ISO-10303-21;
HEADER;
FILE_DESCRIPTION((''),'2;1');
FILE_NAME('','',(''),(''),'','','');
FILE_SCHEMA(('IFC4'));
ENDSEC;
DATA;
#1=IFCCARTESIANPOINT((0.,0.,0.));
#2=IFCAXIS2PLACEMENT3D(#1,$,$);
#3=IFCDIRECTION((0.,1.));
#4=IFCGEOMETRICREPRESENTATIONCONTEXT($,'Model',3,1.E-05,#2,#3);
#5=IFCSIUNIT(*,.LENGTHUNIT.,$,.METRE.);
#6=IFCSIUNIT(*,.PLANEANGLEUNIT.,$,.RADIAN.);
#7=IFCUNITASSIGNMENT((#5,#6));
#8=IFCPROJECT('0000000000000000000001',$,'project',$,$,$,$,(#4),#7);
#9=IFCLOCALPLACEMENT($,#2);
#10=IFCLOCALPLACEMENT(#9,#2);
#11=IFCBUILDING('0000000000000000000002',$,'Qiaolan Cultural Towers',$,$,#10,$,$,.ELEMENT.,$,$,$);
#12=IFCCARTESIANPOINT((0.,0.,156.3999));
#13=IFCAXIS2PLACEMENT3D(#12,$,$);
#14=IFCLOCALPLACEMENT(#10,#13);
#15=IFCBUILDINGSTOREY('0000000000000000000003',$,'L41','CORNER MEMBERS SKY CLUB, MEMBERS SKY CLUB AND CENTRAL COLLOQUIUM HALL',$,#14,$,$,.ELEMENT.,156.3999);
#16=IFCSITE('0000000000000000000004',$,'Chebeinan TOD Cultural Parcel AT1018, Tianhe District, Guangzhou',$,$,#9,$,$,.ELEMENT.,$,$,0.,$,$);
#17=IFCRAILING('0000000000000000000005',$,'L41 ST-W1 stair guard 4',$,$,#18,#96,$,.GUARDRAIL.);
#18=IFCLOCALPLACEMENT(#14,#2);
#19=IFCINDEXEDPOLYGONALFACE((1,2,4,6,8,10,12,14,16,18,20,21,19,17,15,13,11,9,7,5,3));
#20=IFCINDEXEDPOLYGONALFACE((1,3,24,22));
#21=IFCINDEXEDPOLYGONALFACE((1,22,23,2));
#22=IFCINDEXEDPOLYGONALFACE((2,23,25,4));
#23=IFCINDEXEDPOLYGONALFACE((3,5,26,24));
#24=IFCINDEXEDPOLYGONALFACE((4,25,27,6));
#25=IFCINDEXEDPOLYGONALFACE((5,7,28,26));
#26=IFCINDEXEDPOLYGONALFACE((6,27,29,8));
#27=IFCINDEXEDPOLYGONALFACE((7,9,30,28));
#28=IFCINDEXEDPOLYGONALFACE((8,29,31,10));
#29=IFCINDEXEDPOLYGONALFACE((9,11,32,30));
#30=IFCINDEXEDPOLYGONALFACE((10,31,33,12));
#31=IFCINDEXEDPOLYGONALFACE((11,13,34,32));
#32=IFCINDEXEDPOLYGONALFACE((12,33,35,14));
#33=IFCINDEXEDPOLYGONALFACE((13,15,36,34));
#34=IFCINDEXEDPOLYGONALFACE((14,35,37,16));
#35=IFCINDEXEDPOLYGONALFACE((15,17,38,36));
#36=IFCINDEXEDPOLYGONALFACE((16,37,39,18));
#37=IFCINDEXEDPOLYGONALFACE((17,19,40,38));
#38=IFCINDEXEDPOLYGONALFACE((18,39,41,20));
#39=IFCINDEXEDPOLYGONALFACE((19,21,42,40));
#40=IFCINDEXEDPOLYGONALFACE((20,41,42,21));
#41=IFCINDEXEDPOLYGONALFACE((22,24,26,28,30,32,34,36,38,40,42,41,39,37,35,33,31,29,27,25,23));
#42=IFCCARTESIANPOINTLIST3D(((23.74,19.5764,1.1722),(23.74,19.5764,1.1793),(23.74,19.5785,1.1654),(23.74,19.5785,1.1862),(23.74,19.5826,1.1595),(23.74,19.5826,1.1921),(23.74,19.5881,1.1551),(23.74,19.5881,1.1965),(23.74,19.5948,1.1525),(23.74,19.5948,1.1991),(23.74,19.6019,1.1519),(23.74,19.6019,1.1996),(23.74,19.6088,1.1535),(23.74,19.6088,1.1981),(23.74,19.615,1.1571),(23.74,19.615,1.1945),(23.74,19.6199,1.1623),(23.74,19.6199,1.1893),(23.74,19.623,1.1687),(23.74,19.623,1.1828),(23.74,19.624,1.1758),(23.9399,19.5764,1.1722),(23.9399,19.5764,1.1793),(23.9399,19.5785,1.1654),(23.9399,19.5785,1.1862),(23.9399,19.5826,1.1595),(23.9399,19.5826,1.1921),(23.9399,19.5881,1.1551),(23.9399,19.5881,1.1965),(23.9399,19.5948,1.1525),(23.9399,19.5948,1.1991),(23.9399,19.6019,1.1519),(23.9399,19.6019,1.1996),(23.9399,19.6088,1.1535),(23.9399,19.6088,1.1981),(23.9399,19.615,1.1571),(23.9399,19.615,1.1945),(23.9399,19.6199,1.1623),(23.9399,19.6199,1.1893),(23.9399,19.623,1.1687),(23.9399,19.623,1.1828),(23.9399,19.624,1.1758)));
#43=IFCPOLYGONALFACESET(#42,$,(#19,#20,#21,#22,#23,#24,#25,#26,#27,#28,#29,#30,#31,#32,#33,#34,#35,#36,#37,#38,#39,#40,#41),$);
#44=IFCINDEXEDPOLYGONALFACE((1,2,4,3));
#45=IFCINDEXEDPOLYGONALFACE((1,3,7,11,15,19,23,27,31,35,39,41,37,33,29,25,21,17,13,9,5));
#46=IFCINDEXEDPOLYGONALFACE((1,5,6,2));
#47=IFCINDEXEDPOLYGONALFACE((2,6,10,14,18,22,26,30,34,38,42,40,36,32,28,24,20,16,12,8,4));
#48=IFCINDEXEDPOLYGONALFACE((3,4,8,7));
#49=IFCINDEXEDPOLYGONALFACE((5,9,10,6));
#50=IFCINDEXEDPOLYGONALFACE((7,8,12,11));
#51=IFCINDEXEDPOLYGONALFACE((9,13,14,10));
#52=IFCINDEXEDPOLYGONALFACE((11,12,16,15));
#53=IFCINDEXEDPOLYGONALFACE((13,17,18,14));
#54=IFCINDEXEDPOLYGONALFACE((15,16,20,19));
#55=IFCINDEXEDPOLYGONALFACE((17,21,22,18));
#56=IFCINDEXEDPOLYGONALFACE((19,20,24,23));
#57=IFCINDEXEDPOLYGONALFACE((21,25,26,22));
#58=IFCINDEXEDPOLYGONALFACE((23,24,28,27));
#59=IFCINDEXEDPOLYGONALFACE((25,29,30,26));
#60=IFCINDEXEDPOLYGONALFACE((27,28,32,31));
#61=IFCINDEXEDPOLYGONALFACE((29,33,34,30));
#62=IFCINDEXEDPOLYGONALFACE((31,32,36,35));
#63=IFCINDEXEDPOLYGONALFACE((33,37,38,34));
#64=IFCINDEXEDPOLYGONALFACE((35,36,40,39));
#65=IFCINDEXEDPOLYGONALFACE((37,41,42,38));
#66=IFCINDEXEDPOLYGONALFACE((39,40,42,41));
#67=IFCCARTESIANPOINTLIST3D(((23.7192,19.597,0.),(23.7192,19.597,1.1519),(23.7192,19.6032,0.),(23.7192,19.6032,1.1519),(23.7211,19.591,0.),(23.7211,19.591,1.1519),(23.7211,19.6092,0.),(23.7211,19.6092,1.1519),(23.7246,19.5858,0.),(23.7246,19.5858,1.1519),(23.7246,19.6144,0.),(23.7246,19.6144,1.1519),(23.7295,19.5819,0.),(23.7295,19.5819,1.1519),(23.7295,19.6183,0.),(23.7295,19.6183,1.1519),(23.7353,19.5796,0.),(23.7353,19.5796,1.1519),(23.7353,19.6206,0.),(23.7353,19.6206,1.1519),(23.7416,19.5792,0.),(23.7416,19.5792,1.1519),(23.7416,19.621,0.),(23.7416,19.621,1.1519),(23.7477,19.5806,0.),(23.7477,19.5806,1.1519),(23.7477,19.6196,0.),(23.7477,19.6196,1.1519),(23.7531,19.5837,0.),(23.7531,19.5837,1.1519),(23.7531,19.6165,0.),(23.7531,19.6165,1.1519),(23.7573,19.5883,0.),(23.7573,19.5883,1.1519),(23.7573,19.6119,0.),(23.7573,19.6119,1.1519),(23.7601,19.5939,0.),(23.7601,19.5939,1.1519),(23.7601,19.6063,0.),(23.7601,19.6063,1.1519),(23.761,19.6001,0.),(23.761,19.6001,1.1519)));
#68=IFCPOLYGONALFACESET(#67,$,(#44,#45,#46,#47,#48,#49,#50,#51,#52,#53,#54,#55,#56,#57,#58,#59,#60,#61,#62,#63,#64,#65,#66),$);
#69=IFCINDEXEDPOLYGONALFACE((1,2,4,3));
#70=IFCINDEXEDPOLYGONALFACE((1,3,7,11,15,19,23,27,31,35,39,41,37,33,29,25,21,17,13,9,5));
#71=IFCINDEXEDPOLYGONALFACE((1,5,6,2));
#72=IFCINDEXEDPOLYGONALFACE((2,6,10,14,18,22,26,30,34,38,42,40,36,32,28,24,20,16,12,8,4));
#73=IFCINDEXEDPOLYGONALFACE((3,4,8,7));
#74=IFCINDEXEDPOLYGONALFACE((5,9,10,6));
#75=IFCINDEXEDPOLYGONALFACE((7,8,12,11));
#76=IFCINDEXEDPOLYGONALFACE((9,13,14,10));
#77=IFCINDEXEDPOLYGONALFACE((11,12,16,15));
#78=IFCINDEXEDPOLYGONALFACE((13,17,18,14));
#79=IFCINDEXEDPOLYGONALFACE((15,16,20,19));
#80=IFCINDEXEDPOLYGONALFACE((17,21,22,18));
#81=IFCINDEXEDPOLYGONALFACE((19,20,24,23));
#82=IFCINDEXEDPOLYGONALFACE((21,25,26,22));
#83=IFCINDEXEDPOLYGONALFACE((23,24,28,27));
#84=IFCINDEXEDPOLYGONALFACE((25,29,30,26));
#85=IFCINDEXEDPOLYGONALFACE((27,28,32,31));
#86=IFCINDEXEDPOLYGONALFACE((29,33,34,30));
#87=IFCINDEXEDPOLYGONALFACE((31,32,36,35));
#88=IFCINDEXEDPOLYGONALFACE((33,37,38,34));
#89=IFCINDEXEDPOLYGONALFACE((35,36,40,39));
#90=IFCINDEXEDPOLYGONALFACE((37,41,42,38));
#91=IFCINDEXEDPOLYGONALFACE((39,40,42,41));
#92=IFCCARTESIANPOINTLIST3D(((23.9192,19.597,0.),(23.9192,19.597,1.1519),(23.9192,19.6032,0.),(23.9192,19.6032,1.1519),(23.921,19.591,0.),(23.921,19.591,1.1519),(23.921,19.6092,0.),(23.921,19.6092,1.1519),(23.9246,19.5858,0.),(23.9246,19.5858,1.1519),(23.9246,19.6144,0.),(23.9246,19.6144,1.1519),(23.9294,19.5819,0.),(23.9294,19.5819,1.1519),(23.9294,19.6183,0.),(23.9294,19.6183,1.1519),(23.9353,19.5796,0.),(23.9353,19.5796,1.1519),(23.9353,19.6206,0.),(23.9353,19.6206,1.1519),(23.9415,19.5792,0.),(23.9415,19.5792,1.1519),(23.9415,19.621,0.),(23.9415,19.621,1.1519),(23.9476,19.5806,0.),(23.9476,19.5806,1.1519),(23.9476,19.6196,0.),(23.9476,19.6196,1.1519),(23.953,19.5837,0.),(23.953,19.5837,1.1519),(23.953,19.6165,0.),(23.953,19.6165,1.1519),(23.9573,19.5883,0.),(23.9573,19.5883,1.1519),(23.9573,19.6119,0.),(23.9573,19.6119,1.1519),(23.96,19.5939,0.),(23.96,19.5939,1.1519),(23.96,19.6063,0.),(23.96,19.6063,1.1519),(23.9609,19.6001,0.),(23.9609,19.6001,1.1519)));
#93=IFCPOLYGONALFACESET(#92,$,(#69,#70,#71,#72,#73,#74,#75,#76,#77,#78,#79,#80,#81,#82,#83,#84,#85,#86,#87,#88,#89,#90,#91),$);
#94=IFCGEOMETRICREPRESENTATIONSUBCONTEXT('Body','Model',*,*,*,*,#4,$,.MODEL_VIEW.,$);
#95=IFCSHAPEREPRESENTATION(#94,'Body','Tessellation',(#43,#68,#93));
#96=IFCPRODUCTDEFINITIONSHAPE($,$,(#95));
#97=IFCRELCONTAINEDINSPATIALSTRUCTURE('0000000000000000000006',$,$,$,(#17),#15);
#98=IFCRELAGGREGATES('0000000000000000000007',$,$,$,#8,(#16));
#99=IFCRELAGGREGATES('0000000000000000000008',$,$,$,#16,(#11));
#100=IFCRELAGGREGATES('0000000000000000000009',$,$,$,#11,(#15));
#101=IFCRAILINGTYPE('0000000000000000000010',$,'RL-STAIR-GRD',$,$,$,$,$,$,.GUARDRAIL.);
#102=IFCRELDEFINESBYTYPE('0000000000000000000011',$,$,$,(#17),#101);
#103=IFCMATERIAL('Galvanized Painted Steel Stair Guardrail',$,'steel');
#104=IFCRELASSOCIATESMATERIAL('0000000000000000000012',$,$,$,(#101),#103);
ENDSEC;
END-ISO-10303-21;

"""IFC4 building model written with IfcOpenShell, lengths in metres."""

from ifc_helpers import new_model, si_unit, direction, frame, origin, origin_2d, place, context, subcontext, project, spatial, circle, extrude, material, type_object, element, save


model = new_model("IFC4")

# Units and contexts
model_context = context("Model", 3, precision=1e-05, world=origin(), true_north=direction((0.0, 1.0)))
body_context = subcontext(model_context, "Body", "Model", "MODEL_VIEW")
ifc_project = project(units=[si_unit("LENGTHUNIT", "METRE"), si_unit("PLANEANGLEUNIT", "RADIAN")], contexts=[model_context])

# Site, building, storey
site_placement = place(None, origin())
site = spatial("IfcSite", under=ifc_project, at=site_placement, Name="Chebeinan TOD Cultural Parcel AT1018, Tianhe District, Guangzhou", CompositionType="ELEMENT", RefElevation=0.0)
building_placement = place(site_placement, origin())
building = spatial("IfcBuilding", under=site, at=building_placement, Name="Qiaolan Cultural Towers", CompositionType="ELEMENT")
storey_placement = place(building_placement, frame((0.0, 0.0, 156.3999)))
storey = spatial("IfcBuildingStorey", under=building, at=storey_placement, Name="L41", Description="CORNER MEMBERS SKY CLUB, MEMBERS SKY CLUB AND CENTRAL COLLOQUIUM HALL", CompositionType="ELEMENT", Elevation=156.3999)

# Railing
ifc_material_1 = material(Name="Galvanized Painted Steel Stair Guardrail", Category="steel")
railing_type_1 = type_object("IfcRailingType", Name="RL-STAIR-GRD", PredefinedType="GUARDRAIL", material=ifc_material_1)
railing_1_placement = place(storey_placement, frame((23.74, 19.6001, 0.0)))
element("IfcRailing", 1, at=railing_1_placement, inside=storey, type_object=railing_type_1, Name="L41 ST-W1 stair guard 4", PredefinedType="GUARDRAIL", context=body_context, shape_type="SweptSolid", body=[
    extrude(circle(Radius=0.0239, at=origin_2d()), frame((0.0, 0.0, 1.1758), z_axis=(1.0, 0.0, 0.0), x_axis=(0.0, 1.0, 0.0)), (0.0, 0.0, 1.0), 0.2),
    extrude(circle(Radius=0.021, at=origin_2d()), origin(), (0.0, 0.0, 1.0), 1.1519),
    extrude(circle(Radius=0.021, at=origin_2d()), frame((0.2, 0.0, 0.0)), (0.0, 0.0, 1.0), 1.1519),
])

save(model, "model.ifc")
